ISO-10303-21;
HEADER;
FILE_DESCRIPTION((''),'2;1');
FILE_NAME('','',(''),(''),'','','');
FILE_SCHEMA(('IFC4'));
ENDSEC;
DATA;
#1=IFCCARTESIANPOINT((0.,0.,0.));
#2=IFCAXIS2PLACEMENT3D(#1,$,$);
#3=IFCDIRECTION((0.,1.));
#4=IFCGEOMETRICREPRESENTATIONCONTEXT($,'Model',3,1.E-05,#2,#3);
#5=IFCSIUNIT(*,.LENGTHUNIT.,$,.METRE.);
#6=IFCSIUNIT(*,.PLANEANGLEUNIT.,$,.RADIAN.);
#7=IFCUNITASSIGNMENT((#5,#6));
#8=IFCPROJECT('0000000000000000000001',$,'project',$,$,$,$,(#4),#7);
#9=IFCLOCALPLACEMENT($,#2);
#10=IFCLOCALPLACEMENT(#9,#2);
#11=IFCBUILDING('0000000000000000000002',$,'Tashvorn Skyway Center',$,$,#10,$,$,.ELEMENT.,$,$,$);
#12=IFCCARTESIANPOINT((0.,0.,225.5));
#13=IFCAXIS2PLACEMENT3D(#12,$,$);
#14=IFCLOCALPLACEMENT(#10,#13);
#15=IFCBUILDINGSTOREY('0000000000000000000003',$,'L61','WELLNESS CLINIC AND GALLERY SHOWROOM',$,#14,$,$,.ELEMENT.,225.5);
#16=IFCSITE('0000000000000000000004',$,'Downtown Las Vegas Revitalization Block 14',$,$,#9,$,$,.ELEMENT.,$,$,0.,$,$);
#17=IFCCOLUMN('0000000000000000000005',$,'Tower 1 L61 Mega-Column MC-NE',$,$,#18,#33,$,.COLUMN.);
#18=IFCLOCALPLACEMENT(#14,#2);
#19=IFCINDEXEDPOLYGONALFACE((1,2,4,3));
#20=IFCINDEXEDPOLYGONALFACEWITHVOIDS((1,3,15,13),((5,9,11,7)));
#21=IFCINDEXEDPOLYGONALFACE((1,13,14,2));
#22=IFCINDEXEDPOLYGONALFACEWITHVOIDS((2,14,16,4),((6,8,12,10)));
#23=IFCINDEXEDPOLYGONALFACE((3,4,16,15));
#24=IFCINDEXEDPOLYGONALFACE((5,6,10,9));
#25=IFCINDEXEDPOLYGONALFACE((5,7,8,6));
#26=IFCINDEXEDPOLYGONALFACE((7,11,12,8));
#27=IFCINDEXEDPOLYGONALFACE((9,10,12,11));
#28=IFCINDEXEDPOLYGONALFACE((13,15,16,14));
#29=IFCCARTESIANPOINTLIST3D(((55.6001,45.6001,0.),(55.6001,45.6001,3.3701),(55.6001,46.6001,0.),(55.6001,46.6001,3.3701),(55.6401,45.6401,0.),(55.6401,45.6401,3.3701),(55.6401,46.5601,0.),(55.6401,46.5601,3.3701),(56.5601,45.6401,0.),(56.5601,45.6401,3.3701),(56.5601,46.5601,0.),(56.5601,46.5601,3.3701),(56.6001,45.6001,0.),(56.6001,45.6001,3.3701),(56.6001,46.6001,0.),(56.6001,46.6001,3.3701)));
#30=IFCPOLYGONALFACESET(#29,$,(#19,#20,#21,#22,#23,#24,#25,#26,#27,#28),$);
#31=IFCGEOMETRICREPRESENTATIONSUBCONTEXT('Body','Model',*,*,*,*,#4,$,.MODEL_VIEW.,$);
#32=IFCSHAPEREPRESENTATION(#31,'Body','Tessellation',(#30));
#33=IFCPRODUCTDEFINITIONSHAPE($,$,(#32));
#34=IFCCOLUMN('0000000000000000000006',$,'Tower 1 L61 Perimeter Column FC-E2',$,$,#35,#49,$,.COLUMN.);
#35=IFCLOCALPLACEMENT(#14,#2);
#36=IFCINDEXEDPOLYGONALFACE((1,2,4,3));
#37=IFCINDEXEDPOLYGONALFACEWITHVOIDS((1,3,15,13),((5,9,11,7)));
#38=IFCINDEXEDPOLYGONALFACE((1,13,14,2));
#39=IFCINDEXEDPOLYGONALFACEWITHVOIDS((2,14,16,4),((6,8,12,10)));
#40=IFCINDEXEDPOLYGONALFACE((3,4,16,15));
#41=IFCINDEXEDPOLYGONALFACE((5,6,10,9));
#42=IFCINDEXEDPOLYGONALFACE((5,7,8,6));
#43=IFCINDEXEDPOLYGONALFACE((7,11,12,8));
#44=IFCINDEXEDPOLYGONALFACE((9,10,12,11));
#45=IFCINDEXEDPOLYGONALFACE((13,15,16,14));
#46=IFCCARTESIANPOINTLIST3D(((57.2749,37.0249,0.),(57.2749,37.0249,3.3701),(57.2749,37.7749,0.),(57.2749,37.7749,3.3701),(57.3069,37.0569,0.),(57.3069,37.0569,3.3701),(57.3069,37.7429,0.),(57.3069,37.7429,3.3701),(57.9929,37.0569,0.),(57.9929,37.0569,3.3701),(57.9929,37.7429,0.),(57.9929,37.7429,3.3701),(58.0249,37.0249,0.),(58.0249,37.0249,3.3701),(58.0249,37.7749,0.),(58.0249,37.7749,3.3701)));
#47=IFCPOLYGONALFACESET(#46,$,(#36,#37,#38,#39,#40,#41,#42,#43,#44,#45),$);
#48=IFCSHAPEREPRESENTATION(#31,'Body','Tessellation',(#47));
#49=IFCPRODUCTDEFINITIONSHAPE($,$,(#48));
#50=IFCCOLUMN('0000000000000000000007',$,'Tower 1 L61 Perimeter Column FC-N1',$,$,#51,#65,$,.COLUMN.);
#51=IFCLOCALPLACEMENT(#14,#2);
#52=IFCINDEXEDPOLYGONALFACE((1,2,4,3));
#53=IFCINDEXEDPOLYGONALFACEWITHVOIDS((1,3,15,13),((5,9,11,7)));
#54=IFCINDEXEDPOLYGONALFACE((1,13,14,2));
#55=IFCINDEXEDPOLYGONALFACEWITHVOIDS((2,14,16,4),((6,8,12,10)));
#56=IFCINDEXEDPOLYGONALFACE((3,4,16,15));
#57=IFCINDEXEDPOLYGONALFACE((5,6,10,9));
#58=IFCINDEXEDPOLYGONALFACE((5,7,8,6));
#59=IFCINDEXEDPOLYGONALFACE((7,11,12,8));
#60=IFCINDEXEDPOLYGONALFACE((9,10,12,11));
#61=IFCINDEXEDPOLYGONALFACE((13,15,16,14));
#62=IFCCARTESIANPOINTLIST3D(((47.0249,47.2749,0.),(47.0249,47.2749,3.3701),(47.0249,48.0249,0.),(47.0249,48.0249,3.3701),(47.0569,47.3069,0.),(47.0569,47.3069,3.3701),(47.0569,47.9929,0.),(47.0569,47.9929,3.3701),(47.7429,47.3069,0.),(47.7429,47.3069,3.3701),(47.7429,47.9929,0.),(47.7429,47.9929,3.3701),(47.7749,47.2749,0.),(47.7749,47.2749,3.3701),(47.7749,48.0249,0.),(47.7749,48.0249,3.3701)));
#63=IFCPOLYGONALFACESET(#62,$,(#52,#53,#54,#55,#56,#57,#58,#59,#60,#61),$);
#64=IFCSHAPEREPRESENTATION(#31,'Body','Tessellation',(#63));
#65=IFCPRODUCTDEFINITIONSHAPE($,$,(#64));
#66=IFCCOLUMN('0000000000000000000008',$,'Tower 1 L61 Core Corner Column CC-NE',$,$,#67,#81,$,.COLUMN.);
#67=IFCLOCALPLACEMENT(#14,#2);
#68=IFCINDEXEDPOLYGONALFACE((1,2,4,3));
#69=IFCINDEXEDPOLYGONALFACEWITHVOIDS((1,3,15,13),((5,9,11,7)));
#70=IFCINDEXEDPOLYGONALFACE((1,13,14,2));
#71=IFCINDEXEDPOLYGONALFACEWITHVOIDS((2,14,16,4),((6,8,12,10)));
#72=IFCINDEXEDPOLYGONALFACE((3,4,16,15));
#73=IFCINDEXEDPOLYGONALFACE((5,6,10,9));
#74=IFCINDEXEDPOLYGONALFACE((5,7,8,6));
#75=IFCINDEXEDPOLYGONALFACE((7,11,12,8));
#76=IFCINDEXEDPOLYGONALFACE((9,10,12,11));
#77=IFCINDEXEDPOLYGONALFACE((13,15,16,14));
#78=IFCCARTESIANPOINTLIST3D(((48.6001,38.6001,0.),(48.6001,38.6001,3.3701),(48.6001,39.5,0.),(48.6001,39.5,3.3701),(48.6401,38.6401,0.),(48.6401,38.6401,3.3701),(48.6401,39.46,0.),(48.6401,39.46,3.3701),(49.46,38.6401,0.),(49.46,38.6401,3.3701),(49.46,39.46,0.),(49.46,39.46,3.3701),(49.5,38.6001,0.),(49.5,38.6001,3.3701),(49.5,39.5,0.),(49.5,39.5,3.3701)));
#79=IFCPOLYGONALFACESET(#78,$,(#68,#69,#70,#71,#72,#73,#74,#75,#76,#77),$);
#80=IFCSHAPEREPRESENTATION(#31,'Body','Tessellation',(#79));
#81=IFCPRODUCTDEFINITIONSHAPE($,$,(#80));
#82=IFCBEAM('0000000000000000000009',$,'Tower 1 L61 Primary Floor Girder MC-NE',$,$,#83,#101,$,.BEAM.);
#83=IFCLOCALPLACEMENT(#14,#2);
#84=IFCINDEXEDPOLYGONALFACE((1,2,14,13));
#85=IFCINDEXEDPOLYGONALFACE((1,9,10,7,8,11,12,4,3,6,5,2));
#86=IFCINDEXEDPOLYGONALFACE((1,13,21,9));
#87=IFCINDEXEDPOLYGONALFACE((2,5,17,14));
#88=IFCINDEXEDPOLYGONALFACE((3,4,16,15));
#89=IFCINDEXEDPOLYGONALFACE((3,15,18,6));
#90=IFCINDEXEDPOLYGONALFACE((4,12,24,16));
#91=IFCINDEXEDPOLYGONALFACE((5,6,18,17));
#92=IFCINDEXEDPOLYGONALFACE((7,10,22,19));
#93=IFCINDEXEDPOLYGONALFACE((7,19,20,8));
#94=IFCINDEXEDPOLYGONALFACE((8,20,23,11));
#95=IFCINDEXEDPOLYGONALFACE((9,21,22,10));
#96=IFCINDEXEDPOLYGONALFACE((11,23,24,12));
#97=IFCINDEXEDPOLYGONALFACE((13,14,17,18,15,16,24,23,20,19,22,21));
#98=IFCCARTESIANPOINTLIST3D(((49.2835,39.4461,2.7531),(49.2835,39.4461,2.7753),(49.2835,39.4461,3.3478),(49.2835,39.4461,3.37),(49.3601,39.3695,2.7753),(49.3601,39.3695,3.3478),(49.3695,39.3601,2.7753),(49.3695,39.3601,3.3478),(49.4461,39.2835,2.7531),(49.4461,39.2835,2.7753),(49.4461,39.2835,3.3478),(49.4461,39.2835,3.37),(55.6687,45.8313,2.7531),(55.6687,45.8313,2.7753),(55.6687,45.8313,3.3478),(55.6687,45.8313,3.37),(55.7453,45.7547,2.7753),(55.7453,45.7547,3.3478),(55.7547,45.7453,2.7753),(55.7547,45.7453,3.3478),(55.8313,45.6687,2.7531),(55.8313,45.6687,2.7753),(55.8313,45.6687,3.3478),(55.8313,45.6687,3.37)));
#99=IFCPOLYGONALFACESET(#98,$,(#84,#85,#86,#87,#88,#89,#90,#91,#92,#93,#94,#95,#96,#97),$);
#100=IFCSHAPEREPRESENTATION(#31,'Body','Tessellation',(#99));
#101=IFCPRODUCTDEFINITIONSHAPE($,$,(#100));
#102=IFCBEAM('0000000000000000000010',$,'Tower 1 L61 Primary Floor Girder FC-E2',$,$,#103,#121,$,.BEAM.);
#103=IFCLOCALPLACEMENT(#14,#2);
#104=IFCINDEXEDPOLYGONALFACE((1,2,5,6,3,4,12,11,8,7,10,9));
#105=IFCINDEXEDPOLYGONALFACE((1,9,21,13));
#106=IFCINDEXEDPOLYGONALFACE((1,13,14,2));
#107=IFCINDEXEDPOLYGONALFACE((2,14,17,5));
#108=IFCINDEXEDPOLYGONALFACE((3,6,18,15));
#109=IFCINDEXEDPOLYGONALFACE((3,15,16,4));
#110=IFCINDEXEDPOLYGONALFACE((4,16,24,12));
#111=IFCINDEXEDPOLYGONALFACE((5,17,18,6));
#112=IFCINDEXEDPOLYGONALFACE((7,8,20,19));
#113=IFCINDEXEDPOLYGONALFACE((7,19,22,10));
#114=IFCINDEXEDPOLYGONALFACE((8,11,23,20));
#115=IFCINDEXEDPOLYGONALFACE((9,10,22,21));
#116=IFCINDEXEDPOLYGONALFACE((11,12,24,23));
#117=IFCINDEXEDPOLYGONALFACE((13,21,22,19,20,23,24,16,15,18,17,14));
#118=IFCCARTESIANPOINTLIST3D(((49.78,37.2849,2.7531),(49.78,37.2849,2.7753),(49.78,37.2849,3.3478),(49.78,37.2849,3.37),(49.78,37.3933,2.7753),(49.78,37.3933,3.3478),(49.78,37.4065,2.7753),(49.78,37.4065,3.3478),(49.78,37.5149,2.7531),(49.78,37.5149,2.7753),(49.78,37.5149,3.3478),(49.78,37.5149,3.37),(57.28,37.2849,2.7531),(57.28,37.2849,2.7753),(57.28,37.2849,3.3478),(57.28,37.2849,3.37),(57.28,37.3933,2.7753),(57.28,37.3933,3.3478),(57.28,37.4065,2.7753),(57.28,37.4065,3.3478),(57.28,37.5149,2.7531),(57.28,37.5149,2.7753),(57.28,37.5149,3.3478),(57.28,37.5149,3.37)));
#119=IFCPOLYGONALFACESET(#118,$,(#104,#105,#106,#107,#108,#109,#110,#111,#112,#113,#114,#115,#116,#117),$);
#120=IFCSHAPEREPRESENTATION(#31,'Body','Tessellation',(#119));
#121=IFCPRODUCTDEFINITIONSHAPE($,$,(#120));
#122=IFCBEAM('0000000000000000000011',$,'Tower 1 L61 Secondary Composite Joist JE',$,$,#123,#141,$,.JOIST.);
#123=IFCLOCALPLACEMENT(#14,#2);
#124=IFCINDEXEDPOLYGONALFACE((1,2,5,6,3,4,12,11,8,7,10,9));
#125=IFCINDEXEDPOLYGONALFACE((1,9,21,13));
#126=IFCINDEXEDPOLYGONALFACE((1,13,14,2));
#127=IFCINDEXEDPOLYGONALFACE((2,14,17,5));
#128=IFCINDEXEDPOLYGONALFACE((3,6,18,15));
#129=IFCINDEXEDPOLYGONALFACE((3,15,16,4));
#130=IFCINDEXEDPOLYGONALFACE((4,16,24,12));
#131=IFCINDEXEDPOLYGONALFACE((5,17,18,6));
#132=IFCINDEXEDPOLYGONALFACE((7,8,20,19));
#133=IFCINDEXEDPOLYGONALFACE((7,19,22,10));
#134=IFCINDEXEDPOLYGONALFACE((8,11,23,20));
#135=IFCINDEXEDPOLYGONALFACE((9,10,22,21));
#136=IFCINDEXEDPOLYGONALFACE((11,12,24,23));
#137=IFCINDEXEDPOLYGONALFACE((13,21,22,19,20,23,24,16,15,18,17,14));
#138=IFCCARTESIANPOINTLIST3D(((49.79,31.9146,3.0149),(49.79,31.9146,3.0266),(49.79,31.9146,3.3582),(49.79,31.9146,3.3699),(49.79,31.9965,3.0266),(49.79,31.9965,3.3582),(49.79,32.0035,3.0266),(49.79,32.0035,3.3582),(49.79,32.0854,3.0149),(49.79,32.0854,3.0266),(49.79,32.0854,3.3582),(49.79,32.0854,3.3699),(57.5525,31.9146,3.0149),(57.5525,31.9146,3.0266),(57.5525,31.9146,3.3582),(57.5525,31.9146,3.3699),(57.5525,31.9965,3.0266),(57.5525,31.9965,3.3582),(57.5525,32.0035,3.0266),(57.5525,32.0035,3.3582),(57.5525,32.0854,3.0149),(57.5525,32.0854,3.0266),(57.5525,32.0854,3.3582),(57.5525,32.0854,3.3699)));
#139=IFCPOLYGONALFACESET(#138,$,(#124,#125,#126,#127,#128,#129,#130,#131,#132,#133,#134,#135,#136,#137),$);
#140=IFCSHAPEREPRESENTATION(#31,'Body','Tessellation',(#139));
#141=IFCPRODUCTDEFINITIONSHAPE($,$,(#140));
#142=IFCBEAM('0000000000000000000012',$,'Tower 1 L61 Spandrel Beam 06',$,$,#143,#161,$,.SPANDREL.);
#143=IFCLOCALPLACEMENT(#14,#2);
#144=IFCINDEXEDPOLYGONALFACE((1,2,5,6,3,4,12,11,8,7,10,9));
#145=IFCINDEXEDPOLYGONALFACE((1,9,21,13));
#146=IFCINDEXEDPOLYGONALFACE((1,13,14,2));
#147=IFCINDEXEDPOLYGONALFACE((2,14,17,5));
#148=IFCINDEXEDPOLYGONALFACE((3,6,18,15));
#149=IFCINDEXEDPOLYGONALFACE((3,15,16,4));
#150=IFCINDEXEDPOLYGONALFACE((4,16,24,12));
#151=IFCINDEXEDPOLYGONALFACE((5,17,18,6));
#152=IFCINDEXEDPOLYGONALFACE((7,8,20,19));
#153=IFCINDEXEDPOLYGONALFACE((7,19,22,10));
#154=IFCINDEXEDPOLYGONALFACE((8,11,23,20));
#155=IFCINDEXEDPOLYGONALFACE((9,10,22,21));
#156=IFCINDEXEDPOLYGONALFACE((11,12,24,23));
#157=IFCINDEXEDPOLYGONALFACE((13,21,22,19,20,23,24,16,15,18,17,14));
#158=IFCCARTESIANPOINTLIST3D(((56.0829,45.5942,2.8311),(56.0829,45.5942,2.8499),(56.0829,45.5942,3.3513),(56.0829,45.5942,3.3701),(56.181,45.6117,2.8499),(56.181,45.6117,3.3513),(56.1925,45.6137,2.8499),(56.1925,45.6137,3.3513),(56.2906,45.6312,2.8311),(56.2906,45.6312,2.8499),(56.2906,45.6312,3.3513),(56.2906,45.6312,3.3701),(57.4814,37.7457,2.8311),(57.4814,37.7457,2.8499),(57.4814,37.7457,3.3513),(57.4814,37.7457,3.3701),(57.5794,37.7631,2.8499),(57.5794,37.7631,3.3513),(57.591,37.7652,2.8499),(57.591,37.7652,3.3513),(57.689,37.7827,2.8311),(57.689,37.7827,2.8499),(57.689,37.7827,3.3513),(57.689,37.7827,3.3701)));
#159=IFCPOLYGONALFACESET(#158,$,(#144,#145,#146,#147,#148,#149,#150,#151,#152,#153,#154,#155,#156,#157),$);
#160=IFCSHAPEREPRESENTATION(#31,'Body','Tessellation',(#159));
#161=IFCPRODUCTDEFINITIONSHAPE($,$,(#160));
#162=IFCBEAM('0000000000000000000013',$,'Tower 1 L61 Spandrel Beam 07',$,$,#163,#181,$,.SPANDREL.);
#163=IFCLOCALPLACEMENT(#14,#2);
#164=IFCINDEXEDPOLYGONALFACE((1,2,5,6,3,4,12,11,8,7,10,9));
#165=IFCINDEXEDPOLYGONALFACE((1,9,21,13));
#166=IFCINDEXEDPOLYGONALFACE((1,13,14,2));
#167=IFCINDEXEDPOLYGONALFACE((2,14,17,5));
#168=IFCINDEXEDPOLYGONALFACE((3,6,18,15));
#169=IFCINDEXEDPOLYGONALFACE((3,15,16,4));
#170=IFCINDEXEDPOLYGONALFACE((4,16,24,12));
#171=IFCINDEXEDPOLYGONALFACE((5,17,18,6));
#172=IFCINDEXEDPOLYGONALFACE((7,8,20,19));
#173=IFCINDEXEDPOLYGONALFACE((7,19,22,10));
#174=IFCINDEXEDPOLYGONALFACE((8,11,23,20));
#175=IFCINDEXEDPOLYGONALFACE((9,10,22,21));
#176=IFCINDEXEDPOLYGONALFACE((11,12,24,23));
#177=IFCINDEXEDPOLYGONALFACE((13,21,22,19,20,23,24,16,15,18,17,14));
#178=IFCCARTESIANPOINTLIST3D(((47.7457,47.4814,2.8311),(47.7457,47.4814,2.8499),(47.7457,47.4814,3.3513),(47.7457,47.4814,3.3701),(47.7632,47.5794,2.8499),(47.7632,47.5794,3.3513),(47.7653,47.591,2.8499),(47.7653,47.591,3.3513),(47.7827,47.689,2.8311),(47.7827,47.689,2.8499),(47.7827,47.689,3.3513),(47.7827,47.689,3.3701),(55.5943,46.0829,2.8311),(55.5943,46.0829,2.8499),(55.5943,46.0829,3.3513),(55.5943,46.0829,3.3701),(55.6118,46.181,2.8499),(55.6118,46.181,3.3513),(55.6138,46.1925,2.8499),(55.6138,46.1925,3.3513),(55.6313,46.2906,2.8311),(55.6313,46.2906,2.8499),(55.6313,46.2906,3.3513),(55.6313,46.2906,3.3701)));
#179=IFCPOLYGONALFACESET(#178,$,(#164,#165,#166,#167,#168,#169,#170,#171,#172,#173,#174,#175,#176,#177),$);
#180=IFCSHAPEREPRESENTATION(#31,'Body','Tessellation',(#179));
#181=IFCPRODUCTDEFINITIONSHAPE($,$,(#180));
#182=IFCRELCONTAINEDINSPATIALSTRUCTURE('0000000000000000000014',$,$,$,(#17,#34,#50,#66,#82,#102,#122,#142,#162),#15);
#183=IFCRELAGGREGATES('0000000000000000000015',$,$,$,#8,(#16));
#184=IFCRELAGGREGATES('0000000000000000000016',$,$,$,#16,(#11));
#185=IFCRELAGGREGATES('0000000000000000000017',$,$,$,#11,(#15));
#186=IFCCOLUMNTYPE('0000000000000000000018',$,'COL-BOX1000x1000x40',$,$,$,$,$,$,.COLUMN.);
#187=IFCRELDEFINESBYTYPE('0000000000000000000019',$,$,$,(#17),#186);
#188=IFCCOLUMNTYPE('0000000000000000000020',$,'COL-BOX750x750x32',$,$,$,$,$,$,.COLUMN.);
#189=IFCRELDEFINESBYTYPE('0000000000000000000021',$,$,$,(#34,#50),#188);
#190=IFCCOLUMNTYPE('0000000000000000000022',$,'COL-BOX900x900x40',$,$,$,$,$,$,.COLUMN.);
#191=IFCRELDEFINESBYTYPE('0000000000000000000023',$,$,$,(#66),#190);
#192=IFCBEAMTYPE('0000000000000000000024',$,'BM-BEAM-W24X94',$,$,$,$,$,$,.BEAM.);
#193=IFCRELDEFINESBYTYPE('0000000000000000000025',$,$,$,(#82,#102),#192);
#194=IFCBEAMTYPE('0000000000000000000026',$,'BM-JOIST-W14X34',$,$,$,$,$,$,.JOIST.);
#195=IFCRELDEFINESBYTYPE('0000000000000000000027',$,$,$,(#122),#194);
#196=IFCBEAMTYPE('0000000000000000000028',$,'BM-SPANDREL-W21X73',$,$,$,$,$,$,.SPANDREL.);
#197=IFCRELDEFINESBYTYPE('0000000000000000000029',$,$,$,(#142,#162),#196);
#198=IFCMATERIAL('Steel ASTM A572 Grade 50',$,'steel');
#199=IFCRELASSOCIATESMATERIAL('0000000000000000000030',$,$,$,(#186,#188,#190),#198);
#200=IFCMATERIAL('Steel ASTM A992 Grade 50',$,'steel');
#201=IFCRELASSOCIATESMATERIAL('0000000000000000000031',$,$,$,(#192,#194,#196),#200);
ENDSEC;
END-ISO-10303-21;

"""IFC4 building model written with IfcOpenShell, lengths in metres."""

from ifc_helpers import new_model, si_unit, direction, frame, origin, origin_2d, place, context, subcontext, project, spatial, hollow_rectangle, i_section, extrude, material, material_profile, profile_set, type_object, element, save


model = new_model("IFC4")

# Units and contexts
model_context = context("Model", 3, precision=1e-05, world=origin(), true_north=direction((0.0, 1.0)))
body_context = subcontext(model_context, "Body", "Model", "MODEL_VIEW")
ifc_project = project(units=[si_unit("LENGTHUNIT", "METRE"), si_unit("PLANEANGLEUNIT", "RADIAN")], contexts=[model_context])

# Site, building, storey
site_placement = place(None, origin())
site = spatial("IfcSite", under=ifc_project, at=site_placement, Name="Downtown Las Vegas Revitalization Block 14", CompositionType="ELEMENT", RefElevation=0.0)
building_placement = place(site_placement, origin())
building = spatial("IfcBuilding", under=site, at=building_placement, Name="Tashvorn Skyway Center", CompositionType="ELEMENT")
storey_placement = place(building_placement, frame((0.0, 0.0, 225.5)))
storey = spatial("IfcBuildingStorey", under=building, at=storey_placement, Name="L61", Description="WELLNESS CLINIC AND GALLERY SHOWROOM", CompositionType="ELEMENT", Elevation=225.5)

# Columns
ifc_material_1 = material(Name="Steel ASTM A572 Grade 50", Category="steel")
ifc_material_profile_1 = material_profile(ifc_material_1, hollow_rectangle(XDim=1.0, YDim=1.0, WallThickness=0.04, at=origin_2d()), Name="BOX1000x1000x40")
ifc_profile_set_1 = profile_set([ifc_material_profile_1], Name="Steel ASTM A572 Grade 50")
column_type_1 = type_object("IfcColumnType", Name="COL-BOX1000x1000x40", PredefinedType="COLUMN", material=ifc_profile_set_1)
column_1_placement = place(storey_placement, frame((56.1001, 46.1001, 0.0), z_axis=(0.0, 0.0, 1.0), x_axis=(1.0, 0.0, 0.0)))
element("IfcColumn", 1, at=column_1_placement, inside=storey, type_object=column_type_1, Name="Tower 1 L61 Mega-Column MC-NE", PredefinedType="COLUMN", context=body_context, shape_type="SweptSolid", body=[
    extrude(hollow_rectangle(XDim=1.0, YDim=1.0, WallThickness=0.04, at=origin_2d()), origin(), (0.0, 0.0, 1.0), 3.3701),
])
ifc_material_profile_2 = material_profile(ifc_material_1, hollow_rectangle(XDim=0.75, YDim=0.75, WallThickness=0.032, at=origin_2d()), Name="BOX750x750x32")
ifc_profile_set_2 = profile_set([ifc_material_profile_2], Name="Steel ASTM A572 Grade 50")
column_type_2 = type_object("IfcColumnType", Name="COL-BOX750x750x32", PredefinedType="COLUMN", material=ifc_profile_set_2)
for number, where, z_axis, x_axis, name in (
    (2, (57.6499, 37.3999, 0.0), (0.0, 0.0, 1.0), (1.0, 0.0, 0.0), "Tower 1 L61 Perimeter Column FC-E2"),
    (3, (47.3999, 47.6499, 0.0), (0.0, 0.0, 1.0), (1.0, 0.0, 0.0), "Tower 1 L61 Perimeter Column FC-N1"),
):
    element("IfcColumn", number, at=place(storey_placement, frame(where, z_axis=z_axis, x_axis=x_axis)), inside=storey, type_object=column_type_2, Name=name, PredefinedType="COLUMN", context=body_context, shape_type="SweptSolid", body=[
        extrude(hollow_rectangle(XDim=0.75, YDim=0.75, WallThickness=0.032, at=origin_2d()), origin(), (0.0, 0.0, 1.0), 3.3701),
    ])
ifc_material_profile_3 = material_profile(ifc_material_1, hollow_rectangle(XDim=0.8999, YDim=0.8999, WallThickness=0.04, at=origin_2d()), Name="BOX900x900x40")
ifc_profile_set_3 = profile_set([ifc_material_profile_3], Name="Steel ASTM A572 Grade 50")
column_type_3 = type_object("IfcColumnType", Name="COL-BOX900x900x40", PredefinedType="COLUMN", material=ifc_profile_set_3)
column_2_placement = place(storey_placement, frame((49.05, 39.05, 0.0), z_axis=(0.0, 0.0, 1.0), x_axis=(1.0, 0.0, 0.0)))
element("IfcColumn", 4, at=column_2_placement, inside=storey, type_object=column_type_3, Name="Tower 1 L61 Core Corner Column CC-NE", PredefinedType="COLUMN", context=body_context, shape_type="SweptSolid", body=[
    extrude(hollow_rectangle(XDim=0.8999, YDim=0.8999, WallThickness=0.04, at=origin_2d()), origin(), (0.0, 0.0, 1.0), 3.3701),
])

# Beams
ifc_material_2 = material(Name="Steel ASTM A992 Grade 50", Category="steel")
ifc_material_profile_4 = material_profile(ifc_material_2, i_section(OverallWidth=0.23, OverallDepth=0.6169, WebThickness=0.0132, FlangeThickness=0.0222, at=origin_2d()), Name="W24X94")
ifc_profile_set_4 = profile_set([ifc_material_profile_4], Name="Steel ASTM A992 Grade 50")
beam_type_1 = type_object("IfcBeamType", Name="BM-BEAM-W24X94", PredefinedType="BEAM", material=ifc_profile_set_4)
beam_1_placement = place(storey_placement, frame((55.75, 45.75, 3.0615), z_axis=(-0.707107, -0.707107, 0.0), x_axis=(0.707107, -0.707107, 0.0)))
element("IfcBeam", 5, at=beam_1_placement, inside=storey, type_object=beam_type_1, Name="Tower 1 L61 Primary Floor Girder MC-NE", PredefinedType="BEAM", context=body_context, shape_type="SweptSolid", body=[
    extrude(i_section(OverallWidth=0.23, OverallDepth=0.6169, WebThickness=0.0132, FlangeThickness=0.0222, at=origin_2d()), origin(), (0.0, 0.0, 1.0), 9.03),
])
beam_2_placement = place(storey_placement, frame((57.28, 37.3999, 3.0615), z_axis=(-1.0, 0.0, 0.0), x_axis=(0.0, -1.0, 0.0)))
element("IfcBeam", 6, at=beam_2_placement, inside=storey, type_object=beam_type_1, Name="Tower 1 L61 Primary Floor Girder FC-E2", PredefinedType="BEAM", context=body_context, shape_type="SweptSolid", body=[
    extrude(i_section(OverallWidth=0.23, OverallDepth=0.6169, WebThickness=0.0132, FlangeThickness=0.0222, at=origin_2d()), origin(), (0.0, 0.0, 1.0), 7.5),
])
ifc_material_profile_5 = material_profile(ifc_material_2, i_section(OverallWidth=0.1709, OverallDepth=0.355, WebThickness=0.0071, FlangeThickness=0.0117, at=origin_2d()), Name="W14X34")
ifc_profile_set_5 = profile_set([ifc_material_profile_5], Name="Steel ASTM A992 Grade 50")
beam_type_2 = type_object("IfcBeamType", Name="BM-JOIST-W14X34", PredefinedType="JOIST", material=ifc_profile_set_5)
beam_3_placement = place(storey_placement, frame((49.79, 32.0, 3.1924), z_axis=(1.0, 0.0, 0.0), x_axis=(0.0, 1.0, 0.0)))
element("IfcBeam", 7, at=beam_3_placement, inside=storey, type_object=beam_type_2, Name="Tower 1 L61 Secondary Composite Joist JE", PredefinedType="JOIST", context=body_context, shape_type="SweptSolid", body=[
    extrude(i_section(OverallWidth=0.1709, OverallDepth=0.355, WebThickness=0.0071, FlangeThickness=0.0117, at=origin_2d()), origin(), (0.0, 0.0, 1.0), 7.7625),
])
ifc_material_profile_6 = material_profile(ifc_material_2, i_section(OverallWidth=0.2109, OverallDepth=0.5391, WebThickness=0.0117, FlangeThickness=0.0188, at=origin_2d()), Name="W21X73")
ifc_profile_set_6 = profile_set([ifc_material_profile_6], Name="Steel ASTM A992 Grade 50")
beam_type_3 = type_object("IfcBeamType", Name="BM-SPANDREL-W21X73", PredefinedType="SPANDREL", material=ifc_profile_set_6)
for number, where, z_axis, x_axis, name in (
    (8, (57.5852, 37.7642, 3.1006), (-0.175413, 0.984495, 0.0), (-0.984495, -0.175413, 0.0), "Tower 1 L61 Spandrel Beam 06"),
    (9, (55.6128, 46.1868, 3.1006), (-0.984495, 0.175413, 0.0), (-0.175413, -0.984495, 0.0), "Tower 1 L61 Spandrel Beam 07"),
):
    element("IfcBeam", number, at=place(storey_placement, frame(where, z_axis=z_axis, x_axis=x_axis)), inside=storey, type_object=beam_type_3, Name=name, PredefinedType="SPANDREL", context=body_context, shape_type="SweptSolid", body=[
        extrude(i_section(OverallWidth=0.2109, OverallDepth=0.5391, WebThickness=0.0117, FlangeThickness=0.0188, at=origin_2d()), origin(), (0.0, 0.0, 1.0), 7.9722),
    ])

save(model, "model.ifc")
